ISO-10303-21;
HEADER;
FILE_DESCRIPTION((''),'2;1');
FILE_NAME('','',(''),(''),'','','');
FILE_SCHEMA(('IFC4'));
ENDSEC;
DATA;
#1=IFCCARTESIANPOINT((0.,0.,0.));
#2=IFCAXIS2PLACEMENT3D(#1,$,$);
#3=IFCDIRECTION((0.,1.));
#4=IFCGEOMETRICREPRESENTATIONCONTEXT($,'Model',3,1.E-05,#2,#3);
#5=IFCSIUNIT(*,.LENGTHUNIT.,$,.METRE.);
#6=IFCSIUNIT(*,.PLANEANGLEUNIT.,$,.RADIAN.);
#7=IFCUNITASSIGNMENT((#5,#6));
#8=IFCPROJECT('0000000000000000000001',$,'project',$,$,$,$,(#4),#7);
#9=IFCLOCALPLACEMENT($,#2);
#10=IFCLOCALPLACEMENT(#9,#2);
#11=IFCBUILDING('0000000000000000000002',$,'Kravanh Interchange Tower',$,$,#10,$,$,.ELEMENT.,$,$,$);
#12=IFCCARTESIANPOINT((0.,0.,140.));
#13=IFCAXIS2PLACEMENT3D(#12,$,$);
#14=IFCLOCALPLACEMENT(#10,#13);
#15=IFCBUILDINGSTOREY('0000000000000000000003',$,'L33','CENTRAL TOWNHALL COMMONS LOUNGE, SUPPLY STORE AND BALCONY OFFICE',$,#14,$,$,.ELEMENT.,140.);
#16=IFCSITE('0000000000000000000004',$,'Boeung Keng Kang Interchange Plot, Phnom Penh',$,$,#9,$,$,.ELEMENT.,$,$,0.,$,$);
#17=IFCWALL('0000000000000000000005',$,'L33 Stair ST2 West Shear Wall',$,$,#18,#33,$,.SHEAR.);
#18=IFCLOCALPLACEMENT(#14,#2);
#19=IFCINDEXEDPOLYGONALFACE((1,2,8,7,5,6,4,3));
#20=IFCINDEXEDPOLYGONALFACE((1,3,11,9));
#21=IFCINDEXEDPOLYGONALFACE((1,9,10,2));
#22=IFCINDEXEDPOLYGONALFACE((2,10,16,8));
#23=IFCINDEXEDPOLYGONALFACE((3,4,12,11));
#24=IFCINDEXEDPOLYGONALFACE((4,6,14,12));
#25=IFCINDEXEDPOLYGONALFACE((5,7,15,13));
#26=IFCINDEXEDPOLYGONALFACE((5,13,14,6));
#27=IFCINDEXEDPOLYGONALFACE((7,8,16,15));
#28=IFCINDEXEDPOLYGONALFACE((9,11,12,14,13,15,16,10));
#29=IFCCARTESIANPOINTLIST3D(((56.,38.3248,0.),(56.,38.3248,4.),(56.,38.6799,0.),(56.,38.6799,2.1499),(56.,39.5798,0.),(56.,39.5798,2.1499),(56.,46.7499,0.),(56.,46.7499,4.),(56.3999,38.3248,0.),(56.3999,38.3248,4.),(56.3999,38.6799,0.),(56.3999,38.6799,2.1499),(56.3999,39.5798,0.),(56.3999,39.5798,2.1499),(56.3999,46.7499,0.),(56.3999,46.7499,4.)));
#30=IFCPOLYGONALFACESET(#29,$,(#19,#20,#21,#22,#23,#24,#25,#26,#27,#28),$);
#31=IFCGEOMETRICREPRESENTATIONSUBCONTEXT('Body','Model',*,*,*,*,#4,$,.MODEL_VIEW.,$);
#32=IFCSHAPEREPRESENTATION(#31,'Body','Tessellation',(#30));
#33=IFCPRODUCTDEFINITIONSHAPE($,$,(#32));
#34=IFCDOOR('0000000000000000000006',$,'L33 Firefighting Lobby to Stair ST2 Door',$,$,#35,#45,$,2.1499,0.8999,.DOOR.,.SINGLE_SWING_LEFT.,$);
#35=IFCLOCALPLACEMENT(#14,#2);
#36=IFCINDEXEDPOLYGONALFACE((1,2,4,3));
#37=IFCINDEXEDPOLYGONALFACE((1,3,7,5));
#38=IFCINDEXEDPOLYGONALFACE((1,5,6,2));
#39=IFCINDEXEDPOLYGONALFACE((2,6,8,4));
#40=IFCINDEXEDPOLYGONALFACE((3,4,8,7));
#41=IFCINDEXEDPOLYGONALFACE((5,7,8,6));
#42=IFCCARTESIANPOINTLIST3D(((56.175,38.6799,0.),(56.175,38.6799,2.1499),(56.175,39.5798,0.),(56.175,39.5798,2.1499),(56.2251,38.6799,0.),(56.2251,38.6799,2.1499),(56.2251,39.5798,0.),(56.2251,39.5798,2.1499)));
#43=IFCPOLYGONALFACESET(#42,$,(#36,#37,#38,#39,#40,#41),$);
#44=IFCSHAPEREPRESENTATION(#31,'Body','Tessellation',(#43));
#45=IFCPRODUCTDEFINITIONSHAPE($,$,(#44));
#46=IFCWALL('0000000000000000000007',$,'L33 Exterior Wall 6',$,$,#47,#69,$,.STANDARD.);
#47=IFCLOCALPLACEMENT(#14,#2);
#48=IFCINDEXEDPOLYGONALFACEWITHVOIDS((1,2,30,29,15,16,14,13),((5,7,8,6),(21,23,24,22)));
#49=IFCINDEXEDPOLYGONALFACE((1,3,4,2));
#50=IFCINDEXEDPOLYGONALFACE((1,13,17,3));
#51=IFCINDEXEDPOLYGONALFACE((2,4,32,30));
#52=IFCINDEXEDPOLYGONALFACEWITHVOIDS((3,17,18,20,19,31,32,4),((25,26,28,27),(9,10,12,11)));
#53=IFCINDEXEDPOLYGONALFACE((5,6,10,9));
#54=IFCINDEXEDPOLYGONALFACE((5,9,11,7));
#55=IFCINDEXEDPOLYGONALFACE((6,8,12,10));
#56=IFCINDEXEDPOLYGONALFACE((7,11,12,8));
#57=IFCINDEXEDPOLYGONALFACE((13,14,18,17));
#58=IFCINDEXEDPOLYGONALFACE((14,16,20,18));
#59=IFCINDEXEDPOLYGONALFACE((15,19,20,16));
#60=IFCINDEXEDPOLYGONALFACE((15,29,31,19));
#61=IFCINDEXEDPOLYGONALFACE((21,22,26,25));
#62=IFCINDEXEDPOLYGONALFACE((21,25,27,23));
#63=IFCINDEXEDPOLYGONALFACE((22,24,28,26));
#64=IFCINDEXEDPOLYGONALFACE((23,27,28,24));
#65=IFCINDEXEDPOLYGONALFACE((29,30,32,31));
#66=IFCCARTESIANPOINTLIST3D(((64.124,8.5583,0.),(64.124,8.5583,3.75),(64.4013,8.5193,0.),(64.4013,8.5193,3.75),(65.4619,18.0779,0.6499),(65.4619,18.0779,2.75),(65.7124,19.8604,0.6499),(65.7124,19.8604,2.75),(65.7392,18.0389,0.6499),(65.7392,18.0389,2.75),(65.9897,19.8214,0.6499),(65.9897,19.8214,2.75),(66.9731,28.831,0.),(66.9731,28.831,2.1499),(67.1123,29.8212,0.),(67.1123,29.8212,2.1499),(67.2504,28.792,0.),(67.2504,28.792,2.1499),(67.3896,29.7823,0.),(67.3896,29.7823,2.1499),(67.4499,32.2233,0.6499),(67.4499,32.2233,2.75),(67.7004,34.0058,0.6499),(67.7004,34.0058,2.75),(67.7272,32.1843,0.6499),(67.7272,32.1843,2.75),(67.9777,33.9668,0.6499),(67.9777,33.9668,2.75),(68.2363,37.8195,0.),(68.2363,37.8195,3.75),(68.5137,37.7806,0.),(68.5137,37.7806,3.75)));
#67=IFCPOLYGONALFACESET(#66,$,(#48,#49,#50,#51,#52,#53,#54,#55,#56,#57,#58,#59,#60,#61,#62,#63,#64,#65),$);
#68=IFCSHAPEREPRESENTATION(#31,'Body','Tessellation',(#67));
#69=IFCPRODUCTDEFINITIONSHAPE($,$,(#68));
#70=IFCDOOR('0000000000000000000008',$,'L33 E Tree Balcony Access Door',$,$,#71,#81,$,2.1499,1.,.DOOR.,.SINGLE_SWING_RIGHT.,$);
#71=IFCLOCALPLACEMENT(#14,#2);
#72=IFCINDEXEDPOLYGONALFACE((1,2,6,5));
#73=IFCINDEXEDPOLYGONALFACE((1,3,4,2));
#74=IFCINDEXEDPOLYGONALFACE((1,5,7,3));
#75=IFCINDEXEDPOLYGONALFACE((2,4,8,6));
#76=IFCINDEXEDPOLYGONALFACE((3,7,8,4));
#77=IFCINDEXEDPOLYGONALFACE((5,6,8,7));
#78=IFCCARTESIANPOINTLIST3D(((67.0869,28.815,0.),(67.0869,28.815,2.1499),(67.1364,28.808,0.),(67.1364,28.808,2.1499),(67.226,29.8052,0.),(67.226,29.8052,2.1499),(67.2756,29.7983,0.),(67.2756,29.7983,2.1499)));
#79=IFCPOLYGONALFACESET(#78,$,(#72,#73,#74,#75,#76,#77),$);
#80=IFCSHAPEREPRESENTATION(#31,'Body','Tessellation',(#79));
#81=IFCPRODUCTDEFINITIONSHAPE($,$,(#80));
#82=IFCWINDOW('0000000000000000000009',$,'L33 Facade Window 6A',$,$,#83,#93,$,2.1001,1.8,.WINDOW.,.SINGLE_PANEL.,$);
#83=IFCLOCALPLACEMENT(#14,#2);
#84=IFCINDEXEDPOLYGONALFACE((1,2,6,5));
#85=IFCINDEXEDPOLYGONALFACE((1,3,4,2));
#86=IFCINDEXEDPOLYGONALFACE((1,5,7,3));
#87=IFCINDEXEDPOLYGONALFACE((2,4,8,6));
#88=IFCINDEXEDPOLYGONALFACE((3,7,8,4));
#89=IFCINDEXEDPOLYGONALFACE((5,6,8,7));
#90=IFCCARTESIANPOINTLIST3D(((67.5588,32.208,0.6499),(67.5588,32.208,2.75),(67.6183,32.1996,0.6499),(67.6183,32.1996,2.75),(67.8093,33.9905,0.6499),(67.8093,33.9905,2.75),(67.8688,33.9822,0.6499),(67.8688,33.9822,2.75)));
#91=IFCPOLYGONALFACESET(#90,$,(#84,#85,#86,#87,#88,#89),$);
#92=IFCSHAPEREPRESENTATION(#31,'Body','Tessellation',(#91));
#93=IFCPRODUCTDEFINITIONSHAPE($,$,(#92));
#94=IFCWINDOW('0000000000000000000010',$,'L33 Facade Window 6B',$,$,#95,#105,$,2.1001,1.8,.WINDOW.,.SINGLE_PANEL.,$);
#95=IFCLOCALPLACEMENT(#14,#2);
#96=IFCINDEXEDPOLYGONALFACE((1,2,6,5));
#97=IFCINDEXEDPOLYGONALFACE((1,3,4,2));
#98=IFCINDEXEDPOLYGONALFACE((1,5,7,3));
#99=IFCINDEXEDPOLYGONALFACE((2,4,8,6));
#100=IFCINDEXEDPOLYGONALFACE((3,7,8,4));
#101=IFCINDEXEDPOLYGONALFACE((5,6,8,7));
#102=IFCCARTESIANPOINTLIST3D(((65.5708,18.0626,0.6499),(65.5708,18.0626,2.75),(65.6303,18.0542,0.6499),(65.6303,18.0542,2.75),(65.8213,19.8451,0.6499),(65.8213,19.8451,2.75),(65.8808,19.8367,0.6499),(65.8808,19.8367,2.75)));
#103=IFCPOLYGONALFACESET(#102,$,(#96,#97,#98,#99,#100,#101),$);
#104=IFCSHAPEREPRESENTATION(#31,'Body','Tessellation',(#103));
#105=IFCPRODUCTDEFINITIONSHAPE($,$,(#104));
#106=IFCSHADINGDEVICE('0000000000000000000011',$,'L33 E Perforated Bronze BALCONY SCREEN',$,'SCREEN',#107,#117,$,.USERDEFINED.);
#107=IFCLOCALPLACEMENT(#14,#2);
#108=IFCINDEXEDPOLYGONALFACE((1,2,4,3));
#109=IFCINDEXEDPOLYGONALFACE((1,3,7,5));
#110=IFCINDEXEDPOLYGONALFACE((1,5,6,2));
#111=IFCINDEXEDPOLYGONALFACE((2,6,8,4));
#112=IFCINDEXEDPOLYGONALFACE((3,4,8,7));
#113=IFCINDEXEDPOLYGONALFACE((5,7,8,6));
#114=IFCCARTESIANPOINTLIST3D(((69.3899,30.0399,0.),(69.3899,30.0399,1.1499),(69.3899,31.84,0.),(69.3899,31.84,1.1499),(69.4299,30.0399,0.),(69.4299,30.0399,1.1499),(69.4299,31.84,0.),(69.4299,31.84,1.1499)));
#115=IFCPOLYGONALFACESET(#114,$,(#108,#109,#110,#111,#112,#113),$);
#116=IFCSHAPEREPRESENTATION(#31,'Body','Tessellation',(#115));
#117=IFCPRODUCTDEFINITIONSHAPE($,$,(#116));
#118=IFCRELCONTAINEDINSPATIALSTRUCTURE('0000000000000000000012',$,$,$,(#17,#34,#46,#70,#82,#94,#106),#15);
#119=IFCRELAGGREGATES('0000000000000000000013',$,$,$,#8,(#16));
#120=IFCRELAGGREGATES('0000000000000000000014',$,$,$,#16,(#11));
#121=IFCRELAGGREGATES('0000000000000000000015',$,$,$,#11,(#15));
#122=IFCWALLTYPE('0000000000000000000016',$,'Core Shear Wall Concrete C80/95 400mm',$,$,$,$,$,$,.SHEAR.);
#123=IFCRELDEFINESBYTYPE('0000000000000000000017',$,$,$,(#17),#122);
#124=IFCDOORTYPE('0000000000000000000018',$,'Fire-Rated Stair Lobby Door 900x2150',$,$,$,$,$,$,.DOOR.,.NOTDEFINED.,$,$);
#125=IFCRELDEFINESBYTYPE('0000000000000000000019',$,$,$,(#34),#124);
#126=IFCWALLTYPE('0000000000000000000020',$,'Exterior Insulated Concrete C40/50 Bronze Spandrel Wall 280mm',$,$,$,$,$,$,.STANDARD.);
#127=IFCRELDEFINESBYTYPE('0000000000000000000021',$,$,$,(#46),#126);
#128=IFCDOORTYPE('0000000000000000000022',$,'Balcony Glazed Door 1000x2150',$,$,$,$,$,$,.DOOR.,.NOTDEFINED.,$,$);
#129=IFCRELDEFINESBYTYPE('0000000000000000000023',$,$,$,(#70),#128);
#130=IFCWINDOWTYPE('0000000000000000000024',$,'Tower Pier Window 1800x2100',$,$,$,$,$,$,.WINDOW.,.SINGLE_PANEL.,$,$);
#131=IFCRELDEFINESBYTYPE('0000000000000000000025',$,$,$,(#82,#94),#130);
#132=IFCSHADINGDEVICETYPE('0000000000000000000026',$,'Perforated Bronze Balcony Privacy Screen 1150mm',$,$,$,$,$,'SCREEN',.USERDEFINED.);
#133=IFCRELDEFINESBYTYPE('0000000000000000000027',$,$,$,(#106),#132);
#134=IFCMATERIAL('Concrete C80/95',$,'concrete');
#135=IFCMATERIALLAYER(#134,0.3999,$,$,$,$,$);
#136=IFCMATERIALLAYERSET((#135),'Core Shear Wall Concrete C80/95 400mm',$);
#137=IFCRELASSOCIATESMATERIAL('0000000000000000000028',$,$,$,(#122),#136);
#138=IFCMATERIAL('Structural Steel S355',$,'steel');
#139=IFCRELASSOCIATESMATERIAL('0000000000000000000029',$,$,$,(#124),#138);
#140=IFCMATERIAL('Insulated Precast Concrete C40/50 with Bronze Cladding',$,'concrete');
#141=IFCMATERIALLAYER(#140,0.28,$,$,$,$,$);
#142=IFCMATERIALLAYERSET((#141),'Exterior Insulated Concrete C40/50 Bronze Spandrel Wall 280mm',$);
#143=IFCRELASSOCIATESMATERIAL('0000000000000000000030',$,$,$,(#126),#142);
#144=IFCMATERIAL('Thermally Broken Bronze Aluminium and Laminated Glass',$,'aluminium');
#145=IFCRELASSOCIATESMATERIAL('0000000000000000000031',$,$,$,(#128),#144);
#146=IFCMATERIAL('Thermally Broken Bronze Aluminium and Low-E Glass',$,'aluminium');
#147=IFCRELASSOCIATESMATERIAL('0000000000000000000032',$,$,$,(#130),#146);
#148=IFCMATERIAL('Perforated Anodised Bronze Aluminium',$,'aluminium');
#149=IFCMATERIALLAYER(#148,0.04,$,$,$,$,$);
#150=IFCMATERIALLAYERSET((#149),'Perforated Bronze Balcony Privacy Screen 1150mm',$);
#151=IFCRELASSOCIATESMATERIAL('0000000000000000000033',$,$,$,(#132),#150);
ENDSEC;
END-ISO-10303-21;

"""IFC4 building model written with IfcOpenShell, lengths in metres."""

from ifc_helpers import new_model, si_unit, direction, frame, frame_2d, origin, origin_2d, place, context, subcontext, project, spatial, rectangle, extrude, material, layer, layer_set, type_object, element, fill, save


model = new_model("IFC4")

# Units and contexts
model_context = context("Model", 3, precision=1e-05, world=origin(), true_north=direction((0.0, 1.0)))
body_context = subcontext(model_context, "Body", "Model", "MODEL_VIEW")
ifc_project = project(units=[si_unit("LENGTHUNIT", "METRE"), si_unit("PLANEANGLEUNIT", "RADIAN")], contexts=[model_context])

# Site, building, storey
site_placement = place(None, origin())
site = spatial("IfcSite", under=ifc_project, at=site_placement, Name="Boeung Keng Kang Interchange Plot, Phnom Penh", CompositionType="ELEMENT", RefElevation=0.0)
building_placement = place(site_placement, origin())
building = spatial("IfcBuilding", under=site, at=building_placement, Name="Kravanh Interchange Tower", CompositionType="ELEMENT")
storey_placement = place(building_placement, frame((0.0, 0.0, 140.0)))
storey = spatial("IfcBuildingStorey", under=building, at=storey_placement, Name="L33", Description="CENTRAL TOWNHALL COMMONS LOUNGE, SUPPLY STORE AND BALCONY OFFICE", CompositionType="ELEMENT", Elevation=140.0)

# Shared definitions
ifc_material_1 = material(Name="Concrete C80/95", Category="concrete")
ifc_layer_1 = layer(ifc_material_1, 0.3999)
ifc_layer_set_1 = layer_set([ifc_layer_1], Name="Core Shear Wall Concrete C80/95 400mm")
wall_type_1 = type_object("IfcWallType", Name="Core Shear Wall Concrete C80/95 400mm", PredefinedType="SHEAR", material=ifc_layer_set_1)

# Wall, opening, door
wall_1_placement = place(storey_placement, frame((56.2, 38.325, 0.0), z_axis=(0.0, 0.0, 1.0), x_axis=(0.0, 1.0, 0.0)))
wall_1 = element("IfcWall", 1, at=wall_1_placement, inside=storey, type_object=wall_type_1, Name="L33 Stair ST2 West Shear Wall", PredefinedType="SHEAR", context=body_context, shape_type="SweptSolid", body=[
    extrude(rectangle(XDim=8.425, YDim=0.3999, at=frame_2d((4.2124, 0.0))), origin(), (0.0, 0.0, 1.0), 4.0),
])
opening_1_placement = place(wall_1_placement, frame((0.355, 0.0, 0.0)))
opening_1 = element("IfcOpeningElement", 2, at=opening_1_placement, cuts=wall_1, PredefinedType="OPENING", context=body_context, shape_type="SweptSolid", body=[
    extrude(rectangle(XDim=0.8999, YDim=2.1499, at=frame_2d((0.45, 1.075))), frame((0.0, 0.21, 0.0), z_axis=(0.0, -1.0, 0.0), x_axis=(1.0, 0.0, 0.0)), (0.0, 0.0, 1.0), 0.4199),
])
ifc_material_2 = material(Name="Structural Steel S355", Category="steel")
door_type_1 = type_object("IfcDoorType", Name="Fire-Rated Stair Lobby Door 900x2150", OperationType="NOTDEFINED", PredefinedType="DOOR", material=ifc_material_2)
door_1_placement = place(opening_1_placement, origin())
door_1 = element("IfcDoor", 3, at=door_1_placement, inside=storey, type_object=door_type_1, Name="L33 Firefighting Lobby to Stair ST2 Door", OperationType="SINGLE_SWING_LEFT", OverallHeight=2.1499, OverallWidth=0.8999, PredefinedType="DOOR", context=body_context, shape_type="SweptSolid", body=[
    extrude(rectangle(XDim=0.8999, YDim=2.1499, at=frame_2d((0.45, 1.075))), frame((0.0, 0.0249, 0.0), z_axis=(0.0, -1.0, 0.0), x_axis=(1.0, 0.0, 0.0)), (0.0, 0.0, 1.0), 0.05),
])
fill(opening_1, door_1)

# Wall, openings, door, windows
ifc_material_3 = material(Name="Insulated Precast Concrete C40/50 with Bronze Cladding", Category="concrete")
ifc_layer_2 = layer(ifc_material_3, 0.28)
ifc_layer_set_2 = layer_set([ifc_layer_2], Name="Exterior Insulated Concrete C40/50 Bronze Spandrel Wall 280mm")
wall_type_2 = type_object("IfcWallType", Name="Exterior Insulated Concrete C40/50 Bronze Spandrel Wall 280mm", PredefinedType="STANDARD", material=ifc_layer_set_2)
wall_2_placement = place(storey_placement, frame((68.375, 37.8, 0.0), z_axis=(0.0, 0.0, 1.0), x_axis=(-0.13917, -0.990269, 0.0)))
wall_2 = element("IfcWall", 4, at=wall_2_placement, inside=storey, type_object=wall_type_2, Name="L33 Exterior Wall 6", PredefinedType="STANDARD", context=body_context, shape_type="SweptSolid", body=[
    extrude(rectangle(XDim=29.5488, YDim=0.28, at=frame_2d((14.7744, 0.0))), origin(), (0.0, 0.0, 1.0), 3.75),
])
opening_2_placement = place(wall_2_placement, frame((8.0769, 0.0, 0.0)))
opening_2 = element("IfcOpeningElement", 5, at=opening_2_placement, cuts=wall_2, PredefinedType="OPENING", context=body_context, shape_type="SweptSolid", body=[
    extrude(rectangle(XDim=1.0, YDim=2.1499, at=frame_2d((0.5, 1.075))), frame((0.0, 0.1499, 0.0), z_axis=(0.0, -1.0, 0.0), x_axis=(1.0, 0.0, 0.0)), (0.0, 0.0, 1.0), 0.3),
])
opening_3_placement = place(wall_2_placement, frame((3.8513, 0.0, 0.6499)))
opening_3 = element("IfcOpeningElement", 6, at=opening_3_placement, cuts=wall_2, PredefinedType="OPENING", context=body_context, shape_type="SweptSolid", body=[
    extrude(rectangle(XDim=1.8, YDim=2.1001, at=frame_2d((0.8999, 1.05))), frame((0.0, 0.1499, 0.0), z_axis=(0.0, -1.0, 0.0), x_axis=(1.0, 0.0, 0.0)), (0.0, 0.0, 1.0), 0.3),
])
opening_4_placement = place(wall_2_placement, frame((18.1357, 0.0, 0.6499)))
opening_4 = element("IfcOpeningElement", 7, at=opening_4_placement, cuts=wall_2, PredefinedType="OPENING", context=body_context, shape_type="SweptSolid", body=[
    extrude(rectangle(XDim=1.8, YDim=2.1001, at=frame_2d((0.8999, 1.05))), frame((0.0, 0.1499, 0.0), z_axis=(0.0, -1.0, 0.0), x_axis=(1.0, 0.0, 0.0)), (0.0, 0.0, 1.0), 0.3),
])
ifc_material_4 = material(Name="Thermally Broken Bronze Aluminium and Laminated Glass", Category="aluminium")
door_type_2 = type_object("IfcDoorType", Name="Balcony Glazed Door 1000x2150", OperationType="NOTDEFINED", PredefinedType="DOOR", material=ifc_material_4)
door_2_placement = place(opening_2_placement, origin())
door_2 = element("IfcDoor", 8, at=door_2_placement, inside=storey, type_object=door_type_2, Name="L33 E Tree Balcony Access Door", OperationType="SINGLE_SWING_RIGHT", OverallHeight=2.1499, OverallWidth=1.0, PredefinedType="DOOR", context=body_context, shape_type="SweptSolid", body=[
    extrude(rectangle(XDim=1.0, YDim=2.1499, at=frame_2d((0.5, 1.075))), frame((0.0, 0.0249, 0.0), z_axis=(0.0, -1.0, 0.0), x_axis=(1.0, 0.0, 0.0)), (0.0, 0.0, 1.0), 0.05),
])
fill(opening_2, door_2)
ifc_material_5 = material(Name="Thermally Broken Bronze Aluminium and Low-E Glass", Category="aluminium")
window_type = type_object("IfcWindowType", Name="Tower Pier Window 1800x2100", PartitioningType="SINGLE_PANEL", PredefinedType="WINDOW", material=ifc_material_5)
window_1_placement = place(opening_3_placement, origin())
window_1 = element("IfcWindow", 9, at=window_1_placement, inside=storey, type_object=window_type, Name="L33 Facade Window 6A", OverallHeight=2.1001, OverallWidth=1.8, PartitioningType="SINGLE_PANEL", PredefinedType="WINDOW", context=body_context, shape_type="SweptSolid", body=[
    extrude(rectangle(XDim=1.8, YDim=2.1001, at=frame_2d((0.8999, 1.05))), frame((0.0, 0.03, 0.0), z_axis=(0.0, -1.0, 0.0), x_axis=(1.0, 0.0, 0.0)), (0.0, 0.0, 1.0), 0.0601),
])
fill(opening_3, window_1)
window_2_placement = place(opening_4_placement, origin())
window_2 = element("IfcWindow", 10, at=window_2_placement, inside=storey, type_object=window_type, Name="L33 Facade Window 6B", OverallHeight=2.1001, OverallWidth=1.8, PartitioningType="SINGLE_PANEL", PredefinedType="WINDOW", context=body_context, shape_type="SweptSolid", body=[
    extrude(rectangle(XDim=1.8, YDim=2.1001, at=frame_2d((0.8999, 1.05))), frame((0.0, 0.03, 0.0), z_axis=(0.0, -1.0, 0.0), x_axis=(1.0, 0.0, 0.0)), (0.0, 0.0, 1.0), 0.0601),
])
fill(opening_4, window_2)

# Shading device
ifc_material_6 = material(Name="Perforated Anodised Bronze Aluminium", Category="aluminium")
ifc_layer_3 = layer(ifc_material_6, 0.04)
ifc_layer_set_3 = layer_set([ifc_layer_3], Name="Perforated Bronze Balcony Privacy Screen 1150mm")
shading_device_type = type_object("IfcShadingDeviceType", Name="Perforated Bronze Balcony Privacy Screen 1150mm", ElementType="SCREEN", PredefinedType="USERDEFINED", material=ifc_layer_set_3)
shading_device_placement = place(storey_placement, frame((69.4099, 30.9399, 0.0), z_axis=(0.0, 0.0, 1.0), x_axis=(1.0, 0.0, 0.0)))
element("IfcShadingDevice", 11, at=shading_device_placement, inside=storey, type_object=shading_device_type, Name="L33 E Perforated Bronze BALCONY SCREEN", ObjectType="SCREEN", PredefinedType="USERDEFINED", context=body_context, shape_type="SweptSolid", body=[
    extrude(rectangle(XDim=0.04, YDim=1.8, at=origin_2d()), origin(), (0.0, 0.0, 1.0), 1.1499),
])

save(model, "model.ifc")
